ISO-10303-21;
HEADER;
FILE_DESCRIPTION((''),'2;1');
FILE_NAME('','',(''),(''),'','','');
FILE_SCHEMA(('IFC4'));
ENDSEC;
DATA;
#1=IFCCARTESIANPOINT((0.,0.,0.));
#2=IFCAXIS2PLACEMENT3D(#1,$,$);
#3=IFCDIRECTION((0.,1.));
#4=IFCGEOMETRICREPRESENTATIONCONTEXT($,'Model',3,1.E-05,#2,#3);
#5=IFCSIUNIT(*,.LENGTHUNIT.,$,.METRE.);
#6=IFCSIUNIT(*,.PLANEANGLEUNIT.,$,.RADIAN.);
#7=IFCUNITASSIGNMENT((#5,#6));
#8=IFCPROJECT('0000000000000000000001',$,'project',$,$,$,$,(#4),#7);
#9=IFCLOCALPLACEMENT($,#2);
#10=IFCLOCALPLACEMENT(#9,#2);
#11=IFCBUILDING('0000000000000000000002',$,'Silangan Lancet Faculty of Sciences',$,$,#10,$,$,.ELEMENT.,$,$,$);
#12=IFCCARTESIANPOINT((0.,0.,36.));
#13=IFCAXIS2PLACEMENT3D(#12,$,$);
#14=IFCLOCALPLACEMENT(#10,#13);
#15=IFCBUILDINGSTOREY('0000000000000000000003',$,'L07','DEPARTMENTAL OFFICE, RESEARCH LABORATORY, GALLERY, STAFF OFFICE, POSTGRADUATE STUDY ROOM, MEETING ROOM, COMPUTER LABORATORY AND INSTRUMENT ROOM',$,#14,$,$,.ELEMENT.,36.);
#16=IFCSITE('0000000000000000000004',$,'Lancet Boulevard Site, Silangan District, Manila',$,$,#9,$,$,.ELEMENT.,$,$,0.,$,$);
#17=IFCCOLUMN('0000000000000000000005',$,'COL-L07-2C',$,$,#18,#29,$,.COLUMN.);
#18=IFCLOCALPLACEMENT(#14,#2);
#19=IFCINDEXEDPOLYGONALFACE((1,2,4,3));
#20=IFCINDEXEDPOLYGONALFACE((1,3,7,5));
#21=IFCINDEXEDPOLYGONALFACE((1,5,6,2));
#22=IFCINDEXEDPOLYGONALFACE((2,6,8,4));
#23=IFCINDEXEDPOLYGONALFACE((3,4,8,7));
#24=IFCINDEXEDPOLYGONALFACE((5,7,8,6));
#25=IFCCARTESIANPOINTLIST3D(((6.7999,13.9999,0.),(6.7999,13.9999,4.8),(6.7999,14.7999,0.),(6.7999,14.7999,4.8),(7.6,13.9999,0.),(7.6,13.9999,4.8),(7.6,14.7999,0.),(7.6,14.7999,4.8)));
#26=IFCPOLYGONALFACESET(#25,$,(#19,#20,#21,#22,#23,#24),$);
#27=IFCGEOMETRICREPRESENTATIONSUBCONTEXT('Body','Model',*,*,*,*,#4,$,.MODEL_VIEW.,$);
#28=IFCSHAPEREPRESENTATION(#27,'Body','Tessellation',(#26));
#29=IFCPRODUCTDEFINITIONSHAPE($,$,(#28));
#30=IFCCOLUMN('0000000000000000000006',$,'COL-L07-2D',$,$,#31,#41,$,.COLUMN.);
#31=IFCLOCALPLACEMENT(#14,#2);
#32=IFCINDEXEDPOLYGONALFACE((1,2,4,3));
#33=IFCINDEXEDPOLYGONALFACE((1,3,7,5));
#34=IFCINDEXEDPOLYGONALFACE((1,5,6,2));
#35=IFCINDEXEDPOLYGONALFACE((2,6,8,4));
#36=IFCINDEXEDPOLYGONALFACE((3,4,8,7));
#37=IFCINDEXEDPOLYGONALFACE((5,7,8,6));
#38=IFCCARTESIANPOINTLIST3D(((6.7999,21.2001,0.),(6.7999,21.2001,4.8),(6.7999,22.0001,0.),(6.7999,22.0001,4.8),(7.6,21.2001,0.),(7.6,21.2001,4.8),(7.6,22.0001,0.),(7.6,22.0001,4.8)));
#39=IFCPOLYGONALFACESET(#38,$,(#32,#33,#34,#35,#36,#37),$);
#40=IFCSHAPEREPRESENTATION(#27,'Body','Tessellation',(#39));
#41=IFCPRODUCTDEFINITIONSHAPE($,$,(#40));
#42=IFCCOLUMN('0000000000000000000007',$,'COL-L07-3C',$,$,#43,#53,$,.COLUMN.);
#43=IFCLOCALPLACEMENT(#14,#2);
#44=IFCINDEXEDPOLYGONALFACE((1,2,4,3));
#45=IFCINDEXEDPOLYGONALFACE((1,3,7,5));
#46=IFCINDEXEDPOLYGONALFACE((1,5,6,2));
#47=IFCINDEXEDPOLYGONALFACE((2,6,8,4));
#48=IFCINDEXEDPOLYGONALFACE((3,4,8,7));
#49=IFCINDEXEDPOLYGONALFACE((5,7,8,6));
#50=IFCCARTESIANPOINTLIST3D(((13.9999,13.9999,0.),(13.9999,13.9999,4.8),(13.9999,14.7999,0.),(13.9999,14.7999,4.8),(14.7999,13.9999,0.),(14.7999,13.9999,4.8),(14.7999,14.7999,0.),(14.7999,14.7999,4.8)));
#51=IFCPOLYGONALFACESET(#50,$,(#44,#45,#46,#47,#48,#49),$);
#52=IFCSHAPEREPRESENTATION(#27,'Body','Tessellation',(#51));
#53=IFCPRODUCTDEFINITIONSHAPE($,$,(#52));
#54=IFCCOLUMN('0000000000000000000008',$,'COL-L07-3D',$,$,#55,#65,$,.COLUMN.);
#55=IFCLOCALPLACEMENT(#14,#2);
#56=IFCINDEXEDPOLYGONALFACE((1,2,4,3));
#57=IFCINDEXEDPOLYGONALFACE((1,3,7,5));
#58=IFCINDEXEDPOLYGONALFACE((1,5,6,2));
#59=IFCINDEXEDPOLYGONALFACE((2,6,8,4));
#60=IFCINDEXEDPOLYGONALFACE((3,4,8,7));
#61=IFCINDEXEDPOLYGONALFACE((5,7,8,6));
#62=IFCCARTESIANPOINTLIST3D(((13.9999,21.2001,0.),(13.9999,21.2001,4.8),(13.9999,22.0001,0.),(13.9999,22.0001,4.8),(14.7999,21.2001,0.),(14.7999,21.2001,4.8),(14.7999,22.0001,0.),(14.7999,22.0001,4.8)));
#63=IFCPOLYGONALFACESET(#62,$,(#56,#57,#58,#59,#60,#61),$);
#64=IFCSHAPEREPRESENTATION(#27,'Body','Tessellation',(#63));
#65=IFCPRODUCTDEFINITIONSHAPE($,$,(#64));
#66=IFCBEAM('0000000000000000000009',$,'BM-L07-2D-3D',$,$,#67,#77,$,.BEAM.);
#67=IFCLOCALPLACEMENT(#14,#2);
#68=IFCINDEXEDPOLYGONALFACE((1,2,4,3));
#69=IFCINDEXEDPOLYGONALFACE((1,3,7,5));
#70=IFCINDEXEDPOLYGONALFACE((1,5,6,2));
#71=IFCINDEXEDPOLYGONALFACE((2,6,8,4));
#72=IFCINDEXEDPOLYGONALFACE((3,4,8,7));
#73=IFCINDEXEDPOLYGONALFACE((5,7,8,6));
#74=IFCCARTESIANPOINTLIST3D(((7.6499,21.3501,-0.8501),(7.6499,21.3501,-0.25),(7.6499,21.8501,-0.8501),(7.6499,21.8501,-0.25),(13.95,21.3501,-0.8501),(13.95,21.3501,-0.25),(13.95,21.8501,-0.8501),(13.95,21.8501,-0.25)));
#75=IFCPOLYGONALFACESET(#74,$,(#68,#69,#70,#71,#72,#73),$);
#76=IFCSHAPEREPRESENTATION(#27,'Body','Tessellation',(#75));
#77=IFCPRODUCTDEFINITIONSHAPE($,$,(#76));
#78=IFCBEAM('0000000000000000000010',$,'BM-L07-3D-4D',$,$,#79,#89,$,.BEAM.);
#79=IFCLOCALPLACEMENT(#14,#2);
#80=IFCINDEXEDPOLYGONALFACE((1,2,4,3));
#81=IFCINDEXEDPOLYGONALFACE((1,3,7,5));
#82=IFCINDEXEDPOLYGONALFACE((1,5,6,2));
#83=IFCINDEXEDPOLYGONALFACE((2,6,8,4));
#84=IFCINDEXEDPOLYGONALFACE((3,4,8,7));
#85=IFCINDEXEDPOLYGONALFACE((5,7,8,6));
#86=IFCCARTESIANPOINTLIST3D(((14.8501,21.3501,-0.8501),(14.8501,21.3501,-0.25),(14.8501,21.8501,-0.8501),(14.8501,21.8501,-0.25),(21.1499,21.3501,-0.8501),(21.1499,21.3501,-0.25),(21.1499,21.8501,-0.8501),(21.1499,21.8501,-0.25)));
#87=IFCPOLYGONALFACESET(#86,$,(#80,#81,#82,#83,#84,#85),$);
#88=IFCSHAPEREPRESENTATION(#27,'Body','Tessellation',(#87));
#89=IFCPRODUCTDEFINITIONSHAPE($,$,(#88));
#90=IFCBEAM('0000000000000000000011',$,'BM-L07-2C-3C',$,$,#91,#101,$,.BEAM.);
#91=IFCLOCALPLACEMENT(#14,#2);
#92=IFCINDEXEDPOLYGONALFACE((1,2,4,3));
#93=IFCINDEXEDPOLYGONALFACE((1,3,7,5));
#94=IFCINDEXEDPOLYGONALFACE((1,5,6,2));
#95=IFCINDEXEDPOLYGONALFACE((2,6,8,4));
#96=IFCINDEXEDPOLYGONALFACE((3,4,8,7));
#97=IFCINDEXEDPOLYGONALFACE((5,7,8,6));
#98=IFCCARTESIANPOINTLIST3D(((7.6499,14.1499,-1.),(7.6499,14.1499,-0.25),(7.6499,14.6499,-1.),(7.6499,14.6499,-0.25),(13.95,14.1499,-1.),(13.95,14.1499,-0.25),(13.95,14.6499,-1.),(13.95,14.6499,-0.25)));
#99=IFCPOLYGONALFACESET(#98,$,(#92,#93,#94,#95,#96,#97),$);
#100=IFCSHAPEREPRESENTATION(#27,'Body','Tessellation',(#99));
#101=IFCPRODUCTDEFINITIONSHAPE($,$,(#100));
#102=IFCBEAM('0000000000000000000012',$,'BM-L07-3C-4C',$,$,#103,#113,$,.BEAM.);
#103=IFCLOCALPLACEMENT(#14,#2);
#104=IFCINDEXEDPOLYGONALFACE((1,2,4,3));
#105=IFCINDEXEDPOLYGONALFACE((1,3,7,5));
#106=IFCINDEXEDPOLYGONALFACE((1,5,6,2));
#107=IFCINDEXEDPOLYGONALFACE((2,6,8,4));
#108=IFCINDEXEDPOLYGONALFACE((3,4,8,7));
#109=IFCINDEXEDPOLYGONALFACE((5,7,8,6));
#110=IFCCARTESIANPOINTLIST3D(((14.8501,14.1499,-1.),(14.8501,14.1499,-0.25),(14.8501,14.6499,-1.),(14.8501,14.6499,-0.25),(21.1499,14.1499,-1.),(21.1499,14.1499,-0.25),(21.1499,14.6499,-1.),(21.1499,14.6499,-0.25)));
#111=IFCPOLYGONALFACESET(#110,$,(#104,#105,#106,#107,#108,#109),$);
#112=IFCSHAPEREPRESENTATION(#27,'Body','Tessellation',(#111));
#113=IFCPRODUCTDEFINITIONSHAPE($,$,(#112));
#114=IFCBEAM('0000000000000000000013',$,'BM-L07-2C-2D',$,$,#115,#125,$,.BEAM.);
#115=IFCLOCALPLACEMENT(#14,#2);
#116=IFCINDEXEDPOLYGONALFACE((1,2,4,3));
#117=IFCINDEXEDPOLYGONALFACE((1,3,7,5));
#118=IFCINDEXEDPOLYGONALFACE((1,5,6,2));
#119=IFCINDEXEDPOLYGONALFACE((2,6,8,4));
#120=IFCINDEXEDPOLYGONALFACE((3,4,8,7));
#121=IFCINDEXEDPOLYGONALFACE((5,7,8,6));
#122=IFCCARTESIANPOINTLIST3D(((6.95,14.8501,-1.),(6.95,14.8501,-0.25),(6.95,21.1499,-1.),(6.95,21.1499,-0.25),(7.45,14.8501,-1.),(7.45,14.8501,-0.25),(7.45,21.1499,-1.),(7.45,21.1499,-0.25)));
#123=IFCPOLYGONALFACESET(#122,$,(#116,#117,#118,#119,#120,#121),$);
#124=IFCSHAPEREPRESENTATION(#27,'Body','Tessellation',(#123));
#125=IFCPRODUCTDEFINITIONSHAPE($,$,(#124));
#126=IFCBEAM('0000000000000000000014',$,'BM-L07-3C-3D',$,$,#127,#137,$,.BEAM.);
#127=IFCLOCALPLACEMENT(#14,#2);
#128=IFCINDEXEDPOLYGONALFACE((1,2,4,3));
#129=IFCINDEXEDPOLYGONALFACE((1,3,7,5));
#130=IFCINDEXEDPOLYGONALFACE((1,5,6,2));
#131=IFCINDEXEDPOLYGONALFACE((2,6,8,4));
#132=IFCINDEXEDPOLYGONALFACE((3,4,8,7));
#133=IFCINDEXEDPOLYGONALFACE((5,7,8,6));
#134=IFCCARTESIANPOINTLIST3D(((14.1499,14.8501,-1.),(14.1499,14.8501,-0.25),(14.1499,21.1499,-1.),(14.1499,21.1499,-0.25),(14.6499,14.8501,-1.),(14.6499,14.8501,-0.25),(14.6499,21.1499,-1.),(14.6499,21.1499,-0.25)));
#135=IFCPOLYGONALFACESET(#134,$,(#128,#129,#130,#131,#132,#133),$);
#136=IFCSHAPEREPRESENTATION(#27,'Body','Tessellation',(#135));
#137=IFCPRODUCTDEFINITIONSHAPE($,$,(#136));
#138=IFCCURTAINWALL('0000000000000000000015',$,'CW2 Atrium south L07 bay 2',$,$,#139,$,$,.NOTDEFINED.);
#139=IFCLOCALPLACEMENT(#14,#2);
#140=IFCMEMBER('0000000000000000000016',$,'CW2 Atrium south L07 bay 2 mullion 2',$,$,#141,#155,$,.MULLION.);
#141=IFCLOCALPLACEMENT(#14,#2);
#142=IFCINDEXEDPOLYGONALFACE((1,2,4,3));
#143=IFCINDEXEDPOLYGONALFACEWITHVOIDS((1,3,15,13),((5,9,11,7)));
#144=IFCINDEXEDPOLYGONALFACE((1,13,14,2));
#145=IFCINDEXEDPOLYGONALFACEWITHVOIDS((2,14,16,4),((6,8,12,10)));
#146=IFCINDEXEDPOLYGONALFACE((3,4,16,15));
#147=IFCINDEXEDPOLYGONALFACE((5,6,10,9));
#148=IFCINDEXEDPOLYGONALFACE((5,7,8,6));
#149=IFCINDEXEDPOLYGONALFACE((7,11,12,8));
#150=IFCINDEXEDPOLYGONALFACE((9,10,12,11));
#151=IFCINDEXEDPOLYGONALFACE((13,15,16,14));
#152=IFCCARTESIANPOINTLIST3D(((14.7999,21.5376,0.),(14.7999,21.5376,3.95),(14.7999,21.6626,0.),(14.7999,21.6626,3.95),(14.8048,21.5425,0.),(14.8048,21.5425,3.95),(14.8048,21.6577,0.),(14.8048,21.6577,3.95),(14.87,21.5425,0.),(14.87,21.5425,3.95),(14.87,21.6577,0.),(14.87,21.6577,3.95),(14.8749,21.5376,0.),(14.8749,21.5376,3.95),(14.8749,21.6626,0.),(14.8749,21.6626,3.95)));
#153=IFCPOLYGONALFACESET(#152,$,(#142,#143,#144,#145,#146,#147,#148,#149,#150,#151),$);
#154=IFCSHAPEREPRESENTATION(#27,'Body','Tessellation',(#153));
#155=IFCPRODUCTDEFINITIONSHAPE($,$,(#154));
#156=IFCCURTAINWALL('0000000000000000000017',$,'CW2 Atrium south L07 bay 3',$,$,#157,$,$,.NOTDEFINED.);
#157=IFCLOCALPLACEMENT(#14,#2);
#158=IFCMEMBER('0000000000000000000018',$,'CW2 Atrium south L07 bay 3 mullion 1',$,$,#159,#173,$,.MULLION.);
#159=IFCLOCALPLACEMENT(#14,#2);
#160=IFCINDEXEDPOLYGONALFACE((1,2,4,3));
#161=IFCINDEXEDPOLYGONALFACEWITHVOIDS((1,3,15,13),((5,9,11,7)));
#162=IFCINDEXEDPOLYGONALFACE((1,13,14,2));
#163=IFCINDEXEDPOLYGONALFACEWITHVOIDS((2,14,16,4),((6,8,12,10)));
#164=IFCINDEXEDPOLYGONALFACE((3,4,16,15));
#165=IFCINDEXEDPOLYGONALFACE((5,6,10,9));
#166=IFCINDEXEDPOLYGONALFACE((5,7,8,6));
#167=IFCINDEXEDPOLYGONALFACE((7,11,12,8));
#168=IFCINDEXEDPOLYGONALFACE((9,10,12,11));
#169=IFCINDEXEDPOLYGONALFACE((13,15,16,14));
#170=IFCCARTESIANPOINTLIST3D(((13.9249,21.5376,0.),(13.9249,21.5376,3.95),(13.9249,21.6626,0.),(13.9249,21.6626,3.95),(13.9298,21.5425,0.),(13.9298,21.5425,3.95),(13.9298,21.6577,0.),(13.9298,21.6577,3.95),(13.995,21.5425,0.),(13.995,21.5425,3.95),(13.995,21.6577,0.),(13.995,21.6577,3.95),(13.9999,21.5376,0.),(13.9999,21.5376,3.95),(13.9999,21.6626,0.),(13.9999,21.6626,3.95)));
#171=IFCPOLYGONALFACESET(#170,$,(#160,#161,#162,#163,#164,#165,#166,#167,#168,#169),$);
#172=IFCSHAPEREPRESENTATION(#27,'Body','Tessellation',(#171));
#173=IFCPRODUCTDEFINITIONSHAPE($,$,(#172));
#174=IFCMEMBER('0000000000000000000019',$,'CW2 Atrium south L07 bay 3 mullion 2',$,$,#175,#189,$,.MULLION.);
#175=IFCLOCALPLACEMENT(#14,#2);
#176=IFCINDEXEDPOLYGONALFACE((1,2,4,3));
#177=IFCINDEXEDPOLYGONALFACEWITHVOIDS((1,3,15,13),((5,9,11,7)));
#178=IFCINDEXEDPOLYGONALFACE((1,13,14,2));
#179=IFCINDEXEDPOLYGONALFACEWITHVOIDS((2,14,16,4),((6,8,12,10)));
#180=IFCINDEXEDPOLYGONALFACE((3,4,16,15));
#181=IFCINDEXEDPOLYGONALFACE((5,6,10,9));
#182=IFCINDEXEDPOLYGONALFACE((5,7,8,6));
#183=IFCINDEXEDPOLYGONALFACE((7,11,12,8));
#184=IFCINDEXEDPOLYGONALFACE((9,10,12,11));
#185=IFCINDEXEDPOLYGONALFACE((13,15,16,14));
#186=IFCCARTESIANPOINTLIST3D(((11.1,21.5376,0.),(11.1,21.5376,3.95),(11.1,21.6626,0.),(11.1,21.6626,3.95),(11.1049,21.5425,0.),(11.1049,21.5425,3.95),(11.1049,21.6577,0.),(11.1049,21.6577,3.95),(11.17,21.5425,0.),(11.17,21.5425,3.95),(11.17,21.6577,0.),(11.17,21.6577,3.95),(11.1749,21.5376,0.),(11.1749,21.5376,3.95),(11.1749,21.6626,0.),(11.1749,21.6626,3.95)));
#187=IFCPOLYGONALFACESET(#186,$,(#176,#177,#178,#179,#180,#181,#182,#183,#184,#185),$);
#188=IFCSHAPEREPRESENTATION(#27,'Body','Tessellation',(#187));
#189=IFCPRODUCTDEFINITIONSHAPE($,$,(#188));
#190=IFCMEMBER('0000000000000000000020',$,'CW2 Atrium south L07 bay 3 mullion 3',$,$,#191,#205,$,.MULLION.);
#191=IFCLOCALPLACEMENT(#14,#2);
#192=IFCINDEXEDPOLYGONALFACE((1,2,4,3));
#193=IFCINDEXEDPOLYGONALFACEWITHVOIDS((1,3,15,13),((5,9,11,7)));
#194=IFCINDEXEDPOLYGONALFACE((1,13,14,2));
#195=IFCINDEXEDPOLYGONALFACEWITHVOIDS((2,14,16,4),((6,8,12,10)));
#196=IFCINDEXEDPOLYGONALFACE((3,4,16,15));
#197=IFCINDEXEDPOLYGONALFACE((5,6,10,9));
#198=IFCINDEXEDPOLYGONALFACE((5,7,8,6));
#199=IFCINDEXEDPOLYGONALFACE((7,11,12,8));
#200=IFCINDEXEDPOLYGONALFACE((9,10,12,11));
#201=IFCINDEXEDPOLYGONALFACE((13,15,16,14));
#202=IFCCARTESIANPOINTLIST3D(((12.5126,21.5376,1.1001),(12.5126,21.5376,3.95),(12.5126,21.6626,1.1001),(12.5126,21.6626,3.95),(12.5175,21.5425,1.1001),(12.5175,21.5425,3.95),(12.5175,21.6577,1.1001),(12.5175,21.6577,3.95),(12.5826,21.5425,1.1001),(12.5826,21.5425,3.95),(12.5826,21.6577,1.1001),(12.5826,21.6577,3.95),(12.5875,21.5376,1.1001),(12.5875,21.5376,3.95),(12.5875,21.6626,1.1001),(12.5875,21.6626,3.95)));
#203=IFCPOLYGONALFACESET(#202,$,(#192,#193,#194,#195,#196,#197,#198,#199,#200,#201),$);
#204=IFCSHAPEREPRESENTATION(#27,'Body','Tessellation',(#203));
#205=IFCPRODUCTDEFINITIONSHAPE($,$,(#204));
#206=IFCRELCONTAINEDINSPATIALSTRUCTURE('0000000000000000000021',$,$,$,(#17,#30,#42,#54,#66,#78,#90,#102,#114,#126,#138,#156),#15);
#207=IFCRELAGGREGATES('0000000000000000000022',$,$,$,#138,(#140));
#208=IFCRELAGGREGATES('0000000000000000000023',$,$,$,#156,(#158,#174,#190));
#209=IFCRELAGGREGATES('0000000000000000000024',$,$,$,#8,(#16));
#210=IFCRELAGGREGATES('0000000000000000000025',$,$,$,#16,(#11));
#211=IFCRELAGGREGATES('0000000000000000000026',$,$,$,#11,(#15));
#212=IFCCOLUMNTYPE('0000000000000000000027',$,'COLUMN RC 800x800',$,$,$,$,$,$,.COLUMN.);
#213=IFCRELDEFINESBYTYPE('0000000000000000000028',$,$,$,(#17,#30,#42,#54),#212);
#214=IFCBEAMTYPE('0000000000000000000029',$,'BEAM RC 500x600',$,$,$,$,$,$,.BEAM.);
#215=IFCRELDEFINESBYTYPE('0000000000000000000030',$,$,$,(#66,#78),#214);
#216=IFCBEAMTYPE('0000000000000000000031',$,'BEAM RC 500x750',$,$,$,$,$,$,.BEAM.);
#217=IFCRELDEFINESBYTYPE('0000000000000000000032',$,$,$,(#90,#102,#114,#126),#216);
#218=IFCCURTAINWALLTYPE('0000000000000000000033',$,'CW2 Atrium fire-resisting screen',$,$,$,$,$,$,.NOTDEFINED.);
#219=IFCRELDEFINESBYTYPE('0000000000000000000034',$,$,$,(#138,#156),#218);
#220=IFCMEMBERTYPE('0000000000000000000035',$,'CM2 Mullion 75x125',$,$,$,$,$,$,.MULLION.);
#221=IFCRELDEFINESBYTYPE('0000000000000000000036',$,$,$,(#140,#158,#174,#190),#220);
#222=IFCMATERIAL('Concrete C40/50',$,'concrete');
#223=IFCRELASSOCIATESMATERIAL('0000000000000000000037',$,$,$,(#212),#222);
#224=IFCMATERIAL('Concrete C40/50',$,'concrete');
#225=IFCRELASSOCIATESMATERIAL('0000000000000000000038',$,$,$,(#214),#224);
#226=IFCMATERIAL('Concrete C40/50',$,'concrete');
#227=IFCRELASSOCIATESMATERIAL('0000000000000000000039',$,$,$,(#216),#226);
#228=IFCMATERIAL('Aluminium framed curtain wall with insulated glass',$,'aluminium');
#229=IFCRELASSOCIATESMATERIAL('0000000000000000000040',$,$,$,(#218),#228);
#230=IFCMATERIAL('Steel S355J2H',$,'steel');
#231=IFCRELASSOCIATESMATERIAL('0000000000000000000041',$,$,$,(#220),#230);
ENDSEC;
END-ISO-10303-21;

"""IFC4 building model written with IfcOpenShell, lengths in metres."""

from ifc_helpers import new_model, si_unit, direction, frame, origin, origin_2d, place, context, subcontext, project, spatial, rectangle, hollow_rectangle, extrude, material, material_profile, profile_set, type_object, element, aggregate, save


model = new_model("IFC4")

# Units and contexts
model_context = context("Model", 3, precision=1e-05, world=origin(), true_north=direction((0.0, 1.0)))
body_context = subcontext(model_context, "Body", "Model", "MODEL_VIEW")
ifc_project = project(units=[si_unit("LENGTHUNIT", "METRE"), si_unit("PLANEANGLEUNIT", "RADIAN")], contexts=[model_context])

# Site, building, storey
site_placement = place(None, origin())
site = spatial("IfcSite", under=ifc_project, at=site_placement, Name="Lancet Boulevard Site, Silangan District, Manila", CompositionType="ELEMENT", RefElevation=0.0)
building_placement = place(site_placement, origin())
building = spatial("IfcBuilding", under=site, at=building_placement, Name="Silangan Lancet Faculty of Sciences", CompositionType="ELEMENT")
storey_placement = place(building_placement, frame((0.0, 0.0, 36.0)))
storey = spatial("IfcBuildingStorey", under=building, at=storey_placement, Name="L07", Description="DEPARTMENTAL OFFICE, RESEARCH LABORATORY, GALLERY, STAFF OFFICE, POSTGRADUATE STUDY ROOM, MEETING ROOM, COMPUTER LABORATORY AND INSTRUMENT ROOM", CompositionType="ELEMENT", Elevation=36.0)

# Columns
ifc_material_1 = material(Name="Concrete C40/50", Category="concrete")
ifc_material_profile_1 = material_profile(ifc_material_1, rectangle(XDim=0.8, YDim=0.8, at=origin_2d()), Name="RC 800x800")
ifc_profile_set_1 = profile_set([ifc_material_profile_1], Name="Concrete C40/50")
column_type = type_object("IfcColumnType", Name="COLUMN RC 800x800", PredefinedType="COLUMN", material=ifc_profile_set_1)
for number, where, z_axis, x_axis, name in (
    (1, (7.2, 14.3999, 0.0), (0.0, 0.0, 1.0), (1.0, 0.0, 0.0), "COL-L07-2C"),
    (2, (7.2, 21.6001, 0.0), (0.0, 0.0, 1.0), (1.0, 0.0, 0.0), "COL-L07-2D"),
    (3, (14.3999, 14.3999, 0.0), (0.0, 0.0, 1.0), (1.0, 0.0, 0.0), "COL-L07-3C"),
    (4, (14.3999, 21.6001, 0.0), (0.0, 0.0, 1.0), (1.0, 0.0, 0.0), "COL-L07-3D"),
):
    element("IfcColumn", number, at=place(storey_placement, frame(where, z_axis=z_axis, x_axis=x_axis)), inside=storey, type_object=column_type, Name=name, PredefinedType="COLUMN", context=body_context, shape_type="SweptSolid", body=[
        extrude(rectangle(XDim=0.8, YDim=0.8, at=origin_2d()), origin(), (0.0, 0.0, 1.0), 4.8),
    ])

# Beams
ifc_material_2 = material(Name="Concrete C40/50", Category="concrete")
ifc_material_profile_2 = material_profile(ifc_material_2, rectangle(XDim=0.5, YDim=0.6001, at=origin_2d()), Name="RC 500x600")
ifc_profile_set_2 = profile_set([ifc_material_profile_2], Name="Concrete C40/50")
beam_type_1 = type_object("IfcBeamType", Name="BEAM RC 500x600", PredefinedType="BEAM", material=ifc_profile_set_2)
beam_1_placement = place(storey_placement, frame((7.6499, 21.6001, -0.55), z_axis=(1.0, 0.0, 0.0), x_axis=(0.0, 1.0, 0.0)))
element("IfcBeam", 5, at=beam_1_placement, inside=storey, type_object=beam_type_1, Name="BM-L07-2D-3D", PredefinedType="BEAM", context=body_context, shape_type="SweptSolid", body=[
    extrude(rectangle(XDim=0.5, YDim=0.6001, at=origin_2d()), origin(), (0.0, 0.0, 1.0), 6.3),
])
beam_2_placement = place(storey_placement, frame((14.8501, 21.6001, -0.55), z_axis=(1.0, 0.0, 0.0), x_axis=(0.0, 1.0, 0.0)))
element("IfcBeam", 6, at=beam_2_placement, inside=storey, type_object=beam_type_1, Name="BM-L07-3D-4D", PredefinedType="BEAM", context=body_context, shape_type="SweptSolid", body=[
    extrude(rectangle(XDim=0.5, YDim=0.6001, at=origin_2d()), origin(), (0.0, 0.0, 1.0), 6.2998),
])
ifc_material_3 = material(Name="Concrete C40/50", Category="concrete")
ifc_material_profile_3 = material_profile(ifc_material_3, rectangle(XDim=0.5, YDim=0.75, at=origin_2d()), Name="RC 500x750")
ifc_profile_set_3 = profile_set([ifc_material_profile_3], Name="Concrete C40/50")
beam_type_2 = type_object("IfcBeamType", Name="BEAM RC 500x750", PredefinedType="BEAM", material=ifc_profile_set_3)
beam_3_placement = place(storey_placement, frame((7.6499, 14.3999, -0.625), z_axis=(1.0, 0.0, 0.0), x_axis=(0.0, 1.0, 0.0)))
element("IfcBeam", 7, at=beam_3_placement, inside=storey, type_object=beam_type_2, Name="BM-L07-2C-3C", PredefinedType="BEAM", context=body_context, shape_type="SweptSolid", body=[
    extrude(rectangle(XDim=0.5, YDim=0.75, at=origin_2d()), origin(), (0.0, 0.0, 1.0), 6.3),
])
for number, where, z_axis, x_axis, name in (
    (8, (14.8501, 14.3999, -0.625), (1.0, 0.0, 0.0), (0.0, 1.0, 0.0), "BM-L07-3C-4C"),
    (9, (7.2, 14.8501, -0.625), (0.0, 1.0, 0.0), (-1.0, 0.0, 0.0), "BM-L07-2C-2D"),
    (10, (14.3999, 14.8501, -0.625), (0.0, 1.0, 0.0), (-1.0, 0.0, 0.0), "BM-L07-3C-3D"),
):
    element("IfcBeam", number, at=place(storey_placement, frame(where, z_axis=z_axis, x_axis=x_axis)), inside=storey, type_object=beam_type_2, Name=name, PredefinedType="BEAM", context=body_context, shape_type="SweptSolid", body=[
        extrude(rectangle(XDim=0.5, YDim=0.75, at=origin_2d()), origin(), (0.0, 0.0, 1.0), 6.2998),
    ])

# Curtain wall, member
ifc_material_4 = material(Name="Aluminium framed curtain wall with insulated glass", Category="aluminium")
curtain_wall_type = type_object("IfcCurtainWallType", Name="CW2 Atrium fire-resisting screen", PredefinedType="NOTDEFINED", material=ifc_material_4)
curtain_wall_1_placement = place(storey_placement, origin())
curtain_wall_1 = element("IfcCurtainWall", 11, at=curtain_wall_1_placement, inside=storey, type_object=curtain_wall_type, Name="CW2 Atrium south L07 bay 2", PredefinedType="NOTDEFINED")
ifc_material_5 = material(Name="Steel S355J2H", Category="steel")
ifc_material_profile_4 = material_profile(ifc_material_5, hollow_rectangle(XDim=0.075, YDim=0.125, WallThickness=0.0049, at=origin_2d()), Name="ST BOX 75x125x5")
ifc_profile_set_4 = profile_set([ifc_material_profile_4], Name="Steel S355J2H")
member_type_1 = type_object("IfcMemberType", Name="CM2 Mullion 75x125", PredefinedType="MULLION", material=ifc_profile_set_4)
member_1_placement = place(storey_placement, frame((14.8374, 21.6001, 0.0), z_axis=(0.0, 0.0, 1.0), x_axis=(-1.0, 0.0, 0.0)))
member_1 = element("IfcMember", 12, at=member_1_placement, type_object=member_type_1, Name="CW2 Atrium south L07 bay 2 mullion 2", PredefinedType="MULLION", context=body_context, shape_type="SweptSolid", body=[
    extrude(hollow_rectangle(XDim=0.075, YDim=0.125, WallThickness=0.0049, at=origin_2d()), origin(), (0.0, 0.0, 1.0), 3.95),
])
aggregate(curtain_wall_1, [member_1])

# Curtain wall, members
curtain_wall_2_placement = place(storey_placement, origin())
curtain_wall_2 = element("IfcCurtainWall", 13, at=curtain_wall_2_placement, inside=storey, type_object=curtain_wall_type, Name="CW2 Atrium south L07 bay 3", PredefinedType="NOTDEFINED")
member_2_placement = place(storey_placement, frame((13.9624, 21.6001, 0.0), z_axis=(0.0, 0.0, 1.0), x_axis=(-1.0, 0.0, 0.0)))
member_2 = element("IfcMember", 14, at=member_2_placement, type_object=member_type_1, Name="CW2 Atrium south L07 bay 3 mullion 1", PredefinedType="MULLION", context=body_context, shape_type="SweptSolid", body=[
    extrude(hollow_rectangle(XDim=0.075, YDim=0.125, WallThickness=0.0049, at=origin_2d()), origin(), (0.0, 0.0, 1.0), 3.95),
])
member_3_placement = place(storey_placement, frame((11.1375, 21.6001, 0.0), z_axis=(0.0, 0.0, 1.0), x_axis=(-1.0, 0.0, 0.0)))
member_3 = element("IfcMember", 15, at=member_3_placement, type_object=member_type_1, Name="CW2 Atrium south L07 bay 3 mullion 2", PredefinedType="MULLION", context=body_context, shape_type="SweptSolid", body=[
    extrude(hollow_rectangle(XDim=0.075, YDim=0.125, WallThickness=0.0049, at=origin_2d()), origin(), (0.0, 0.0, 1.0), 3.95),
])
member_4_placement = place(storey_placement, frame((12.55, 21.6001, 1.1001), z_axis=(0.0, 0.0, 1.0), x_axis=(-1.0, 0.0, 0.0)))
member_4 = element("IfcMember", 16, at=member_4_placement, type_object=member_type_1, Name="CW2 Atrium south L07 bay 3 mullion 3", PredefinedType="MULLION", context=body_context, shape_type="SweptSolid", body=[
    extrude(hollow_rectangle(XDim=0.075, YDim=0.125, WallThickness=0.0049, at=origin_2d()), origin(), (0.0, 0.0, 1.0), 2.8499),
])

aggregate(curtain_wall_2, [member_2, member_3, member_4])

save(model, "model.ifc")
